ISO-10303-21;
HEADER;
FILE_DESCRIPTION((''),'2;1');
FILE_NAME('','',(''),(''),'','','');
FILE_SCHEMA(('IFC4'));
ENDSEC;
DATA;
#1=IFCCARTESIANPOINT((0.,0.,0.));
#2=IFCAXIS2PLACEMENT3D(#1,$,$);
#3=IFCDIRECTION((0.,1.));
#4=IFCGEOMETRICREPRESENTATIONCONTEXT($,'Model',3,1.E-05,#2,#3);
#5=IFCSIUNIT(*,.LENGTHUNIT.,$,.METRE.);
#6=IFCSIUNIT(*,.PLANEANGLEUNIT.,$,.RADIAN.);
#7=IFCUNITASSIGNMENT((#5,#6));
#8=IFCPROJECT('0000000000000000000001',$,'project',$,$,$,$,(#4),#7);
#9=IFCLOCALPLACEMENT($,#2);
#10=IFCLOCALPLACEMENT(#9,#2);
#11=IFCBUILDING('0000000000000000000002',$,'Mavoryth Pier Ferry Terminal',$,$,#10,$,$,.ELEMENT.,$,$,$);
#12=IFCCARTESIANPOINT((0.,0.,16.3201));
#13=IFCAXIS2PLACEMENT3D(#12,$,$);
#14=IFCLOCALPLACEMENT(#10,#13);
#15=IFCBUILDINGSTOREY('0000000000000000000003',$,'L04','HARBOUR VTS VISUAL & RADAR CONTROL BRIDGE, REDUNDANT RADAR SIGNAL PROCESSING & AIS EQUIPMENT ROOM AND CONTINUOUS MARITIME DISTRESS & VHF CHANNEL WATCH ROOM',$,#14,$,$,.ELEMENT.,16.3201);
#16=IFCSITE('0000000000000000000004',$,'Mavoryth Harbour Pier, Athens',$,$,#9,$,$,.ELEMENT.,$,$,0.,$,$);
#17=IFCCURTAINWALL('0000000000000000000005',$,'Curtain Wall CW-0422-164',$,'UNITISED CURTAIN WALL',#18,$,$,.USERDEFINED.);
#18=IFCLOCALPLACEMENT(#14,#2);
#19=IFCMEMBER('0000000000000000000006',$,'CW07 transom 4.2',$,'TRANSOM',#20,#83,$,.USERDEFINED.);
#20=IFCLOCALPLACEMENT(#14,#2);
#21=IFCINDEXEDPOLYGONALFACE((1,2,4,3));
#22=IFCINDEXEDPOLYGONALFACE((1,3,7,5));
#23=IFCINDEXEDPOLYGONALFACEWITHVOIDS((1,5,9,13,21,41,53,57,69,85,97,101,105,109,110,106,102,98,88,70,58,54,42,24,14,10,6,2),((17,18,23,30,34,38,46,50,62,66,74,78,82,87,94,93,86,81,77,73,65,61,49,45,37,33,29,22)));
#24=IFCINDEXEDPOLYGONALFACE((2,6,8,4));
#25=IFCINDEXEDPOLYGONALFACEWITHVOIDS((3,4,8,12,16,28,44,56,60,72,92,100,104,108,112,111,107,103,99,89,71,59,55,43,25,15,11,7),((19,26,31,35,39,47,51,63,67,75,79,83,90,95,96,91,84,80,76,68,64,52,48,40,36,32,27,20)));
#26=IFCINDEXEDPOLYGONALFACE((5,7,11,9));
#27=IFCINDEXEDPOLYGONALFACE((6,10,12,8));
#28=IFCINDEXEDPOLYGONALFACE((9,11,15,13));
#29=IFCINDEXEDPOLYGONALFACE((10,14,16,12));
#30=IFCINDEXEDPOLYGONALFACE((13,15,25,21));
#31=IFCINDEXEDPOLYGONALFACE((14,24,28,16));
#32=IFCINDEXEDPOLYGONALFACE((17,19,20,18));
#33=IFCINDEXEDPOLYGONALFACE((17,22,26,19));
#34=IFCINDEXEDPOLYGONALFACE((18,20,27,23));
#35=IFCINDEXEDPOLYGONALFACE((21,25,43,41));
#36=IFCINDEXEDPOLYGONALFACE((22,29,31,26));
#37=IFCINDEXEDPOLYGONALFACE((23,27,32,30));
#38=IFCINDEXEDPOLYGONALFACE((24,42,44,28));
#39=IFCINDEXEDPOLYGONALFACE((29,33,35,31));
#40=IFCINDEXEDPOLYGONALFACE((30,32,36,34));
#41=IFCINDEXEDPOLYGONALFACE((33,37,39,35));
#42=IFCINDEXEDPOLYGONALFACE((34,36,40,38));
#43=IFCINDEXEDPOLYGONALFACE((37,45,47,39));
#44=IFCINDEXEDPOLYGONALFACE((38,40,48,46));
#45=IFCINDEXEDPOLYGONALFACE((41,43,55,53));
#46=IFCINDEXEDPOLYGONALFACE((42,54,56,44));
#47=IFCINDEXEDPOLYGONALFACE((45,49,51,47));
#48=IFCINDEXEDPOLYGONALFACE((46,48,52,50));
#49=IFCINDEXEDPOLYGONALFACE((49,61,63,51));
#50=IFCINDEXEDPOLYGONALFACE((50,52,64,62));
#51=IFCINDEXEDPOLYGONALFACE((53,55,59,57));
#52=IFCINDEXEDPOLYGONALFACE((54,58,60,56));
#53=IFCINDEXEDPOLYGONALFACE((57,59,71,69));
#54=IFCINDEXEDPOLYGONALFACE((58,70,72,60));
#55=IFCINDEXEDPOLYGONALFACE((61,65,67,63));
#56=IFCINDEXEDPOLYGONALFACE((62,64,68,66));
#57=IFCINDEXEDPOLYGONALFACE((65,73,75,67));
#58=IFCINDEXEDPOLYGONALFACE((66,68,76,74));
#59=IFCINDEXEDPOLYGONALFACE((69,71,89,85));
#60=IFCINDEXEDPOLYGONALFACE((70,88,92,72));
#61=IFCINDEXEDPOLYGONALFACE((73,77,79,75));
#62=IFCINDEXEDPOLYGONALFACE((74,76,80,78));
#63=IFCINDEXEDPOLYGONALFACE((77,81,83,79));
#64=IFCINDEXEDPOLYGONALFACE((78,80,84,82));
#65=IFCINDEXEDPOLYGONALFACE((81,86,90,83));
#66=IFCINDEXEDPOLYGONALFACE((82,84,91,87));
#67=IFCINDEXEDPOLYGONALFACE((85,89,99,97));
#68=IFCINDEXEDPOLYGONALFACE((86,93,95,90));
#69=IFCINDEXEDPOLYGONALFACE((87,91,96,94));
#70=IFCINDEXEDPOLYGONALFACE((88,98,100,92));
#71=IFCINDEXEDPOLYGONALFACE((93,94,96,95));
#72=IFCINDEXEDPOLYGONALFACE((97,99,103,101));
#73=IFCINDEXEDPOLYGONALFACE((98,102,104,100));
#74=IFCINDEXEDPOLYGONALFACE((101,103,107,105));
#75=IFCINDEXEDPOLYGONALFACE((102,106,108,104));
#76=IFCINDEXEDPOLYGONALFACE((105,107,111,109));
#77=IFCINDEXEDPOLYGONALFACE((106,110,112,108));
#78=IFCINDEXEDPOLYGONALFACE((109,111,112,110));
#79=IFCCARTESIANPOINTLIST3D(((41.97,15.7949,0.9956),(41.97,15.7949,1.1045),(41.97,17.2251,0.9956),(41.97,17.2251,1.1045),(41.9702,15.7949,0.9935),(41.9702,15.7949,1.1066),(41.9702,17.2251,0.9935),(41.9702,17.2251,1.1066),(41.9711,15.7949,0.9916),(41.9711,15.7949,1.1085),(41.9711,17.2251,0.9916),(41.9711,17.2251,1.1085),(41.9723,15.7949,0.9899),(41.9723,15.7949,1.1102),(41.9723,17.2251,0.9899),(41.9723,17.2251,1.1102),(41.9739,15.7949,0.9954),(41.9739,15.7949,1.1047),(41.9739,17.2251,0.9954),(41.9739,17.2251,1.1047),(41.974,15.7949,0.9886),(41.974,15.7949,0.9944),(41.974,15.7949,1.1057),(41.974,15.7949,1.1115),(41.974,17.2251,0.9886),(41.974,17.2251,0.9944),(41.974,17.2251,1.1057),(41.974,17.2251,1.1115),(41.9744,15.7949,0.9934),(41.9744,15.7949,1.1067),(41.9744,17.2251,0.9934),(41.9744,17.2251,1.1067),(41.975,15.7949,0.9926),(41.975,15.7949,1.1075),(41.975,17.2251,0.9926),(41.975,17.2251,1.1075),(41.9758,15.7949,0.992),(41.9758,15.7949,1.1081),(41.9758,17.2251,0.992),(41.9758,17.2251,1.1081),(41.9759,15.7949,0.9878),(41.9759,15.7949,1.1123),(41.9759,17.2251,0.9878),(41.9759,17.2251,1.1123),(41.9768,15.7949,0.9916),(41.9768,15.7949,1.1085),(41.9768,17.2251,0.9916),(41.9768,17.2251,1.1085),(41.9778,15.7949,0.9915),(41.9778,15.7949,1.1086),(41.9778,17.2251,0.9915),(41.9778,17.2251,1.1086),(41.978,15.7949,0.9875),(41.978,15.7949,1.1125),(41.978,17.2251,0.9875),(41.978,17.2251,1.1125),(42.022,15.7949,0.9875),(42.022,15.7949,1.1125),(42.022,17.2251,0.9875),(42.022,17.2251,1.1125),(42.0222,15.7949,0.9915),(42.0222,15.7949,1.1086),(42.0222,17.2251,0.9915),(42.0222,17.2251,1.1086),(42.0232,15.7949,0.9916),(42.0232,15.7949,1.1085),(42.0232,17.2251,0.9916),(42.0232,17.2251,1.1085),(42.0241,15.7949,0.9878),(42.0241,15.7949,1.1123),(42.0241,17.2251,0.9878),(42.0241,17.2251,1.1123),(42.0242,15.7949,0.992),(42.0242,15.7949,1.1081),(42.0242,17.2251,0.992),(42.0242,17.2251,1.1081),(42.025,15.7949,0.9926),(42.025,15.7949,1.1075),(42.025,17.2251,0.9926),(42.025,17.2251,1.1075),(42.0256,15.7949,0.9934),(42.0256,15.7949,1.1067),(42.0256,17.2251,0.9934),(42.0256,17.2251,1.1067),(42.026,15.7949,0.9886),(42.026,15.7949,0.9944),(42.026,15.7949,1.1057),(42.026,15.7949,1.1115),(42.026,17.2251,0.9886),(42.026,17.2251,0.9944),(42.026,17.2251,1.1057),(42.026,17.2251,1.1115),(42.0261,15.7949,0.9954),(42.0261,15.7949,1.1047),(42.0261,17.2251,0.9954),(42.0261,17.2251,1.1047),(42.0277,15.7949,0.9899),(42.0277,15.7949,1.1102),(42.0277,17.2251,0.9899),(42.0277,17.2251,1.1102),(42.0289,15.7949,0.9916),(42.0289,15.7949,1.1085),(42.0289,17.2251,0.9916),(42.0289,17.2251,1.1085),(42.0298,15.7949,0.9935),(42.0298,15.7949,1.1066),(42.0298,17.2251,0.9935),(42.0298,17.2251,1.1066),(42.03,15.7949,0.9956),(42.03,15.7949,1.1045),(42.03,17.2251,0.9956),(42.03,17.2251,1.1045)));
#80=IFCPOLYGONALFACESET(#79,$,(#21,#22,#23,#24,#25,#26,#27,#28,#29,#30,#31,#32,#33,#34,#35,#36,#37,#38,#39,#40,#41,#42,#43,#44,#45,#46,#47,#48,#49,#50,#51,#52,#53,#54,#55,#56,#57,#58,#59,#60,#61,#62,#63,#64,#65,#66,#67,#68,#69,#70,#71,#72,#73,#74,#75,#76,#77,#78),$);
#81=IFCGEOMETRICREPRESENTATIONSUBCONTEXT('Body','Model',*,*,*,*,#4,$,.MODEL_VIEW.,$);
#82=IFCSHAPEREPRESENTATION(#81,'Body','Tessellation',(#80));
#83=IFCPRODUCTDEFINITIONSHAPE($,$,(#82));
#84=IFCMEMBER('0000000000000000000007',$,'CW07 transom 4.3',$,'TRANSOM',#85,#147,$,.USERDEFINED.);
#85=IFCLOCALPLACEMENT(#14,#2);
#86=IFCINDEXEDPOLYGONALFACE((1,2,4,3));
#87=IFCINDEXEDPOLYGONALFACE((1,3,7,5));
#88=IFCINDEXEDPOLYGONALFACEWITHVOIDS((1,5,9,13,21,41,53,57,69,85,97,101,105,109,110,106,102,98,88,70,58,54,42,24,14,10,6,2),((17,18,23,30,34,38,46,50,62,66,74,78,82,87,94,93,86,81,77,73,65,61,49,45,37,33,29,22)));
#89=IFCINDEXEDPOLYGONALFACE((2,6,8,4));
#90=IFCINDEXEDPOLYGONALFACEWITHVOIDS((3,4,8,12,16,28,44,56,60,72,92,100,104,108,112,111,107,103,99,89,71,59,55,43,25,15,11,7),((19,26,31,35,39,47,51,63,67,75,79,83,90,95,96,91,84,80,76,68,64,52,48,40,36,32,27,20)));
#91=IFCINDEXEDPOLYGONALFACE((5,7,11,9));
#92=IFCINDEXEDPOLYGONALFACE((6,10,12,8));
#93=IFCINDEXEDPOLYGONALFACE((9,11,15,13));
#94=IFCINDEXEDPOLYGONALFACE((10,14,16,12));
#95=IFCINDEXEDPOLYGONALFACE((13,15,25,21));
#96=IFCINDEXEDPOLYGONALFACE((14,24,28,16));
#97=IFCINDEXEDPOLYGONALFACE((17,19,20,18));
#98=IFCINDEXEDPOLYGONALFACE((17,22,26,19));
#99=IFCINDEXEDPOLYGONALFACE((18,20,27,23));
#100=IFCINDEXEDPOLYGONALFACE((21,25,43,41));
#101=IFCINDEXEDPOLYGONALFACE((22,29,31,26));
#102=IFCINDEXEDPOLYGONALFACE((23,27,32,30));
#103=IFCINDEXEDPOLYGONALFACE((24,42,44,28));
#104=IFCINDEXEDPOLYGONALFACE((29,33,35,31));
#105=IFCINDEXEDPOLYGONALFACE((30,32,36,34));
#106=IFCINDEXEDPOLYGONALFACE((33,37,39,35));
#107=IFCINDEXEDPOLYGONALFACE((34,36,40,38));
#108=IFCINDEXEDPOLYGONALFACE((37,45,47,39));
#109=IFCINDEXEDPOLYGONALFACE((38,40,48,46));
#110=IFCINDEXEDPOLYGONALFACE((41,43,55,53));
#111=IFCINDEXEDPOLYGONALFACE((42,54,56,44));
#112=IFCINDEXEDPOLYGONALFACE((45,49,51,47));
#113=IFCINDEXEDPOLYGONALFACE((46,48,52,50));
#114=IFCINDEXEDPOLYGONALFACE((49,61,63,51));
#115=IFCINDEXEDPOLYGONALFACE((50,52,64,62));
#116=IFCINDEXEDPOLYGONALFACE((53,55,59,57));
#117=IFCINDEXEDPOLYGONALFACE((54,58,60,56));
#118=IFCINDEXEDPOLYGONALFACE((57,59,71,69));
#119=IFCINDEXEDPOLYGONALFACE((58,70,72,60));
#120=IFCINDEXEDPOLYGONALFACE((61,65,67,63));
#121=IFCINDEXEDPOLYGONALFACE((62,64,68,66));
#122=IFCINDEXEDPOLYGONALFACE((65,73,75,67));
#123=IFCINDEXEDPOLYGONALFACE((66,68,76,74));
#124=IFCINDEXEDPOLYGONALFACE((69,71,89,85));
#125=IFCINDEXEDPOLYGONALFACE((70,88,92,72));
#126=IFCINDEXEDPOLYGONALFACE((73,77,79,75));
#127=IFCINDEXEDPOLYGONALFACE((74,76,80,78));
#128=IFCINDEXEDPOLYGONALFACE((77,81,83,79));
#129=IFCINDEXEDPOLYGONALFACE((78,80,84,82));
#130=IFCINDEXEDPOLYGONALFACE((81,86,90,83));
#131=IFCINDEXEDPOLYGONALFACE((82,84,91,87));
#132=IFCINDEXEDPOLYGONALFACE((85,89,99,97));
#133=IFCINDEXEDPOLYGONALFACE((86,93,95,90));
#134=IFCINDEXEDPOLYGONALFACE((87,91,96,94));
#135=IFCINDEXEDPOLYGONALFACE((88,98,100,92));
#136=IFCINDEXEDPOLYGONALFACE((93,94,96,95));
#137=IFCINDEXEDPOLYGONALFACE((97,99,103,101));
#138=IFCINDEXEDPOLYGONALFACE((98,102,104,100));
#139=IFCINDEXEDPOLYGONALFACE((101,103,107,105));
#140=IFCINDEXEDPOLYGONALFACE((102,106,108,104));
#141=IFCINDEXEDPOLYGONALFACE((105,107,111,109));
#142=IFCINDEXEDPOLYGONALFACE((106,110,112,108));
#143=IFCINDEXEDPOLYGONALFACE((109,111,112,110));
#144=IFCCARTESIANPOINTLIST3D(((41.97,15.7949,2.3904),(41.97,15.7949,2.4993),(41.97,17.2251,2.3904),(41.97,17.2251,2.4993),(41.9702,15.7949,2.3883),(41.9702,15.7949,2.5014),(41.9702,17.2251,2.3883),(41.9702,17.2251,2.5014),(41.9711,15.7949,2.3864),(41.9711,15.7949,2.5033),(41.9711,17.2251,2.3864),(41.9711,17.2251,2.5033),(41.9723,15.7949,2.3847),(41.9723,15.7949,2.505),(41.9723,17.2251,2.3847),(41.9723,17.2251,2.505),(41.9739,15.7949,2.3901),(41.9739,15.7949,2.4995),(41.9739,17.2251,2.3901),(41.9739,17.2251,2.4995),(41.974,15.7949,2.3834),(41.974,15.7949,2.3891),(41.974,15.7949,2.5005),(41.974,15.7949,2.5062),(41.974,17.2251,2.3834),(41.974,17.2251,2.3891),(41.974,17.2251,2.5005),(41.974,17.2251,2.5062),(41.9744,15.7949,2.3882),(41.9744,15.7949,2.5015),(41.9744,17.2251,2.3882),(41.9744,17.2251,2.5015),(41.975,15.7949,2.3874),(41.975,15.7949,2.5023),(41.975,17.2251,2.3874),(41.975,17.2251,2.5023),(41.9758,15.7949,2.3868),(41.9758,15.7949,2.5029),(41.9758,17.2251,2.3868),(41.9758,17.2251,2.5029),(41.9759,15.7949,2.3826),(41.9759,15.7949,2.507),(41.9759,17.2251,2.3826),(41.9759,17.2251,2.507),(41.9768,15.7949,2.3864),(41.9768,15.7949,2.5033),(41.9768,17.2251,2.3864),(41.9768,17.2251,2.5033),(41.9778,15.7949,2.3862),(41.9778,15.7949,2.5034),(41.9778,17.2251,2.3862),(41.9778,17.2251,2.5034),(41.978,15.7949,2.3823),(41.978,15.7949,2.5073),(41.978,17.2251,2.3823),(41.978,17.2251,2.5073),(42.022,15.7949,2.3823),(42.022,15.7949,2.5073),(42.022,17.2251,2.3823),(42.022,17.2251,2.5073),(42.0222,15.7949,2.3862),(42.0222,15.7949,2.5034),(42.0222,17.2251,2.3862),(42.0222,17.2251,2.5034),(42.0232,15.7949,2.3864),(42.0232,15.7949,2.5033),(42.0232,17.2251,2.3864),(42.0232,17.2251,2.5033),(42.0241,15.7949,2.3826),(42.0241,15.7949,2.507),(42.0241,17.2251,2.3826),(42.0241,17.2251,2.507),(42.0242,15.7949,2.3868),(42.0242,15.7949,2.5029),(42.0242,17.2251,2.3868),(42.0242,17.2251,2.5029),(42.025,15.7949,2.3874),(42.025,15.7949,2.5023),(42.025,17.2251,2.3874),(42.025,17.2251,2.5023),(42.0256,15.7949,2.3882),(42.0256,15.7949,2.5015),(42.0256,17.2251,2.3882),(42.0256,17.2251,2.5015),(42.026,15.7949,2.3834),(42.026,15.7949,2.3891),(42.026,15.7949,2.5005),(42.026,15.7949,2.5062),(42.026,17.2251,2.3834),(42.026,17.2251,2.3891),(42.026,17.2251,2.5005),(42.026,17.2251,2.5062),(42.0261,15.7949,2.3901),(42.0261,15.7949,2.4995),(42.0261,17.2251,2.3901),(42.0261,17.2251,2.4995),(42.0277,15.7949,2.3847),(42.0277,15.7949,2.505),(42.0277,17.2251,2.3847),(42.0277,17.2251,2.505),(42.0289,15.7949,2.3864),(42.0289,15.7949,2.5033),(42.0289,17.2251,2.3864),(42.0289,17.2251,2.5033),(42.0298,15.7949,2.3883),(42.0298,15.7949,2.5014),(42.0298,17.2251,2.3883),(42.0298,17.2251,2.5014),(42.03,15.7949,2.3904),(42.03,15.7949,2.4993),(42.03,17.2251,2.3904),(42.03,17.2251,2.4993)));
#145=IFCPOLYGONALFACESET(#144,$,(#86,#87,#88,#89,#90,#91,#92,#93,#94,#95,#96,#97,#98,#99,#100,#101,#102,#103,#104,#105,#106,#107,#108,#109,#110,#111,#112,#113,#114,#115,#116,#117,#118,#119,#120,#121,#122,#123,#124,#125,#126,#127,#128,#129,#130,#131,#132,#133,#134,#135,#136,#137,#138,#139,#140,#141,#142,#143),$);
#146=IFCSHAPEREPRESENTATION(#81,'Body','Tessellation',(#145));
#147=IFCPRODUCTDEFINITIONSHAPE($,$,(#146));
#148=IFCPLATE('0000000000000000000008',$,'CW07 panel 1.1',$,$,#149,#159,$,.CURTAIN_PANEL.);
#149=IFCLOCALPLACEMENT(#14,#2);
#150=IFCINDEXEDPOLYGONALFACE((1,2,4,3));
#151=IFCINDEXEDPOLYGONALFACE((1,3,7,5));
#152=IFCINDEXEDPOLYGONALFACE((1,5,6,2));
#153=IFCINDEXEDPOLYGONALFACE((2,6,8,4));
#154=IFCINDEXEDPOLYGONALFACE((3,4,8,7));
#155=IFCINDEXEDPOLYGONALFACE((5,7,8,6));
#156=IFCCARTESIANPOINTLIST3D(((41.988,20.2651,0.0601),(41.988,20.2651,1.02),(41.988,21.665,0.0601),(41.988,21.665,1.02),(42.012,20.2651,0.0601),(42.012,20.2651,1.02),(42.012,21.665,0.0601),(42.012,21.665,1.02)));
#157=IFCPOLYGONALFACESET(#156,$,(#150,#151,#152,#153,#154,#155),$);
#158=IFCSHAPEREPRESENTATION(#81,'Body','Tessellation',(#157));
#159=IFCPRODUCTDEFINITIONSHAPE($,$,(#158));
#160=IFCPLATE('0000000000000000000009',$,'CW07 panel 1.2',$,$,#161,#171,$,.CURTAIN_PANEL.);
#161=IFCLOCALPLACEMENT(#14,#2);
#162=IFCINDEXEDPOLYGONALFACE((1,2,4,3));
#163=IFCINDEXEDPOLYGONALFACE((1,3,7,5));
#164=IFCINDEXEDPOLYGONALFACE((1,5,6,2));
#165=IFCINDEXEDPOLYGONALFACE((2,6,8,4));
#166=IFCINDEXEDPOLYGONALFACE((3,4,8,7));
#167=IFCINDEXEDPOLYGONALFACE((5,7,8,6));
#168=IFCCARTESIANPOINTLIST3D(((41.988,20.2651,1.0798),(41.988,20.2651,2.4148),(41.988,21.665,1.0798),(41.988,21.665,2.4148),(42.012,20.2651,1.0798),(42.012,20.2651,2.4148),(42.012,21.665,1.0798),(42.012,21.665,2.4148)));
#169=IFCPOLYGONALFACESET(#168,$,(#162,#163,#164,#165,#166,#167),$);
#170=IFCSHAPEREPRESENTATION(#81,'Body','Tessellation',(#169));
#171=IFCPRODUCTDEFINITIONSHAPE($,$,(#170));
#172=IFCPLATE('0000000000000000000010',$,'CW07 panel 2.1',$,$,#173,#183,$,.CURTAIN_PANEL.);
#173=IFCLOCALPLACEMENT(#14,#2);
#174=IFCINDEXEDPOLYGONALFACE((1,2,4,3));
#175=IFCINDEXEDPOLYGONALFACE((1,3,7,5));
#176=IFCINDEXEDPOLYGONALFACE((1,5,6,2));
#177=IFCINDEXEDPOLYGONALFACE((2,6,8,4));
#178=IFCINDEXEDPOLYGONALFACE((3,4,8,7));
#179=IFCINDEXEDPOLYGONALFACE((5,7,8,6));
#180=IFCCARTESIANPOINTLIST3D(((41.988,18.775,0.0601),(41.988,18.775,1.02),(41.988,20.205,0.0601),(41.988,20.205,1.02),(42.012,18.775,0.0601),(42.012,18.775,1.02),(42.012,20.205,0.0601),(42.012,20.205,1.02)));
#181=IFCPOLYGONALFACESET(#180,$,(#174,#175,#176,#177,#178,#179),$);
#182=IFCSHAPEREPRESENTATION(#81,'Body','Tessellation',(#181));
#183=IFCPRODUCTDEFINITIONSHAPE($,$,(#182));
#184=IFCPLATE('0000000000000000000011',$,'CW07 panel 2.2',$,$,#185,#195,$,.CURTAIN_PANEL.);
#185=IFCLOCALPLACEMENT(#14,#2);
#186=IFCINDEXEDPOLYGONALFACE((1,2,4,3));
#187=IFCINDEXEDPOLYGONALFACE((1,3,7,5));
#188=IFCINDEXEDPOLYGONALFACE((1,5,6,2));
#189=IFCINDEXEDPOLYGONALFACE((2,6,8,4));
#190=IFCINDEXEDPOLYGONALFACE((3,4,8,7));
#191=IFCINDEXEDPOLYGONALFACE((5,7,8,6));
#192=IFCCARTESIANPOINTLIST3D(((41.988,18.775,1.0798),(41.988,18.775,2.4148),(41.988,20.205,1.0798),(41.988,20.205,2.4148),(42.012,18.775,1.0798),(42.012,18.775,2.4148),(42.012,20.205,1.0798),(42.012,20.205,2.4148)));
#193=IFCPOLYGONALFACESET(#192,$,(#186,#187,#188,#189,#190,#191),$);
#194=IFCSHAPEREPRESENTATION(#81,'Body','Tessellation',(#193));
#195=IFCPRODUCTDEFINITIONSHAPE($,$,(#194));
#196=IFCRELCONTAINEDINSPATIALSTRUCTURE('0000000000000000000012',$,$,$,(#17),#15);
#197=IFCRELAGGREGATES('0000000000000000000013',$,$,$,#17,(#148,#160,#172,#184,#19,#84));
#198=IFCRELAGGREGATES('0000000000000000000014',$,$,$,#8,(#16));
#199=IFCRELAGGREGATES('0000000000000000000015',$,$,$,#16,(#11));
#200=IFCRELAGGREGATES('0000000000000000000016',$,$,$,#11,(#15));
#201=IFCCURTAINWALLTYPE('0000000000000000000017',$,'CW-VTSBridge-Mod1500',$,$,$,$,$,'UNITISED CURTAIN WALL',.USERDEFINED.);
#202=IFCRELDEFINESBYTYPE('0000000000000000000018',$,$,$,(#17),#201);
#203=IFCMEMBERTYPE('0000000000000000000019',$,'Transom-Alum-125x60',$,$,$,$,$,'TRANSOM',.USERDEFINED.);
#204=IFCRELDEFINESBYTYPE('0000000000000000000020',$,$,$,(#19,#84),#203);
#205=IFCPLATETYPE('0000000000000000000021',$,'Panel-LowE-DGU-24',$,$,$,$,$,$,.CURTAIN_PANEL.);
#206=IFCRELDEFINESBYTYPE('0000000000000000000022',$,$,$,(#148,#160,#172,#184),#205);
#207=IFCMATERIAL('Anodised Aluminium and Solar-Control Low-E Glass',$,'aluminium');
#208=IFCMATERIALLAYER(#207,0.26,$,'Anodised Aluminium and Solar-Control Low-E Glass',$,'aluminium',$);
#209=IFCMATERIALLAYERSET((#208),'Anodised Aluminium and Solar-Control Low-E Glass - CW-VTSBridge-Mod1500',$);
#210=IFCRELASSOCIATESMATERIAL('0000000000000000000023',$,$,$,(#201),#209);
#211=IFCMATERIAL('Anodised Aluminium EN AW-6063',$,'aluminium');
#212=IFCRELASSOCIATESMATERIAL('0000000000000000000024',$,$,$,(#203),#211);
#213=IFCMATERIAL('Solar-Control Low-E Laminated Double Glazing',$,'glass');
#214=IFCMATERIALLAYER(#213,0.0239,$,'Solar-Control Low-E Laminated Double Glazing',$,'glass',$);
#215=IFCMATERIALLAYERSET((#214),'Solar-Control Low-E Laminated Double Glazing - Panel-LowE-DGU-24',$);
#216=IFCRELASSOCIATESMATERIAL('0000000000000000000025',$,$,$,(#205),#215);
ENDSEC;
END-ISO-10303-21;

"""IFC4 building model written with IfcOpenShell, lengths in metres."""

from ifc_helpers import new_model, si_unit, direction, frame, origin, origin_2d, place, context, subcontext, project, spatial, rectangle, hollow_rectangle, extrude, material, layer, layer_set, material_profile, profile_set, type_object, element, aggregate, save


model = new_model("IFC4")

# Units and contexts
model_context = context("Model", 3, precision=1e-05, world=origin(), true_north=direction((0.0, 1.0)))
body_context = subcontext(model_context, "Body", "Model", "MODEL_VIEW")
ifc_project = project(units=[si_unit("LENGTHUNIT", "METRE"), si_unit("PLANEANGLEUNIT", "RADIAN")], contexts=[model_context])

# Site, building, storey
site_placement = place(None, origin())
site = spatial("IfcSite", under=ifc_project, at=site_placement, Name="Mavoryth Harbour Pier, Athens", CompositionType="ELEMENT", RefElevation=0.0)
building_placement = place(site_placement, origin())
building = spatial("IfcBuilding", under=site, at=building_placement, Name="Mavoryth Pier Ferry Terminal", CompositionType="ELEMENT")
storey_placement = place(building_placement, frame((0.0, 0.0, 16.3201)))
storey = spatial("IfcBuildingStorey", under=building, at=storey_placement, Name="L04", Description="HARBOUR VTS VISUAL & RADAR CONTROL BRIDGE, REDUNDANT RADAR SIGNAL PROCESSING & AIS EQUIPMENT ROOM AND CONTINUOUS MARITIME DISTRESS & VHF CHANNEL WATCH ROOM", CompositionType="ELEMENT", Elevation=16.3201)

# Curtain wall, members, plates
ifc_material_1 = material(Name="Anodised Aluminium and Solar-Control Low-E Glass", Category="aluminium")
ifc_layer_1 = layer(ifc_material_1, 0.26, Name="Anodised Aluminium and Solar-Control Low-E Glass", Category="aluminium")
ifc_layer_set_1 = layer_set([ifc_layer_1], Name="Anodised Aluminium and Solar-Control Low-E Glass - CW-VTSBridge-Mod1500")
curtain_wall_type = type_object("IfcCurtainWallType", Name="CW-VTSBridge-Mod1500", ElementType="UNITISED CURTAIN WALL", PredefinedType="USERDEFINED", material=ifc_layer_set_1)
curtain_wall_placement = place(storey_placement, origin())
curtain_wall = element("IfcCurtainWall", 1, at=curtain_wall_placement, inside=storey, type_object=curtain_wall_type, Name="Curtain Wall CW-0422-164", ObjectType="UNITISED CURTAIN WALL", PredefinedType="USERDEFINED")
ifc_material_2 = material(Name="Anodised Aluminium EN AW-6063", Category="aluminium")
ifc_material_profile_1 = material_profile(ifc_material_2, hollow_rectangle(XDim=0.0601, YDim=0.125, WallThickness=0.0039, InnerFilletRadius=0.0039, OuterFilletRadius=0.0081, at=origin_2d()), Name="AL-TRAN 125x60x4", Category="aluminium")
ifc_profile_set_1 = profile_set([ifc_material_profile_1], Name="Anodised Aluminium EN AW-6063 - AL-TRAN 125x60x4")
member_type_1 = type_object("IfcMemberType", Name="Transom-Alum-125x60", ElementType="TRANSOM", PredefinedType="USERDEFINED", material=ifc_profile_set_1)
member_1_placement = place(storey_placement, frame((42.0, 17.2251, 1.05), z_axis=(0.0, -1.0, 0.0), x_axis=(1.0, 0.0, 0.0)))
member_1 = element("IfcMember", 2, at=member_1_placement, type_object=member_type_1, Name="CW07 transom 4.2", ObjectType="TRANSOM", PredefinedType="USERDEFINED", context=body_context, shape_type="SweptSolid", body=[
    extrude(hollow_rectangle(XDim=0.0601, YDim=0.125, WallThickness=0.0039, InnerFilletRadius=0.0039, OuterFilletRadius=0.0081, at=origin_2d()), origin(), (0.0, 0.0, 1.0), 1.4302),
])
member_2_placement = place(storey_placement, frame((42.0, 17.2251, 2.4448), z_axis=(0.0, -1.0, 0.0), x_axis=(1.0, 0.0, 0.0)))
member_2 = element("IfcMember", 3, at=member_2_placement, type_object=member_type_1, Name="CW07 transom 4.3", ObjectType="TRANSOM", PredefinedType="USERDEFINED", context=body_context, shape_type="SweptSolid", body=[
    extrude(hollow_rectangle(XDim=0.0601, YDim=0.125, WallThickness=0.0039, InnerFilletRadius=0.0039, OuterFilletRadius=0.0081, at=origin_2d()), origin(), (0.0, 0.0, 1.0), 1.4302),
])
ifc_material_3 = material(Name="Solar-Control Low-E Laminated Double Glazing", Category="glass")
ifc_layer_2 = layer(ifc_material_3, 0.0239, Name="Solar-Control Low-E Laminated Double Glazing", Category="glass")
ifc_layer_set_2 = layer_set([ifc_layer_2], Name="Solar-Control Low-E Laminated Double Glazing - Panel-LowE-DGU-24")
plate_type = type_object("IfcPlateType", Name="Panel-LowE-DGU-24", PredefinedType="CURTAIN_PANEL", material=ifc_layer_set_2)
plate_1_placement = place(storey_placement, frame((42.0, 20.9651, 0.0601), z_axis=(0.0, 0.0, 1.0), x_axis=(0.0, -1.0, 0.0)))
plate_1 = element("IfcPlate", 4, at=plate_1_placement, type_object=plate_type, Name="CW07 panel 1.1", PredefinedType="CURTAIN_PANEL", context=body_context, shape_type="SweptSolid", body=[
    extrude(rectangle(XDim=1.3999, YDim=0.0239, at=origin_2d()), origin(), (0.0, 0.0, 1.0), 0.96),
])
plate_2_placement = place(storey_placement, frame((42.0, 20.9651, 1.0798), z_axis=(0.0, 0.0, 1.0), x_axis=(0.0, -1.0, 0.0)))
plate_2 = element("IfcPlate", 5, at=plate_2_placement, type_object=plate_type, Name="CW07 panel 1.2", PredefinedType="CURTAIN_PANEL", context=body_context, shape_type="SweptSolid", body=[
    extrude(rectangle(XDim=1.3999, YDim=0.0239, at=origin_2d()), origin(), (0.0, 0.0, 1.0), 1.335),
])
plate_3_placement = place(storey_placement, frame((42.0, 19.49, 0.0601), z_axis=(0.0, 0.0, 1.0), x_axis=(0.0, -1.0, 0.0)))
plate_3 = element("IfcPlate", 6, at=plate_3_placement, type_object=plate_type, Name="CW07 panel 2.1", PredefinedType="CURTAIN_PANEL", context=body_context, shape_type="SweptSolid", body=[
    extrude(rectangle(XDim=1.4299, YDim=0.0239, at=origin_2d()), origin(), (0.0, 0.0, 1.0), 0.96),
])
plate_4_placement = place(storey_placement, frame((42.0, 19.49, 1.0798), z_axis=(0.0, 0.0, 1.0), x_axis=(0.0, -1.0, 0.0)))
plate_4 = element("IfcPlate", 7, at=plate_4_placement, type_object=plate_type, Name="CW07 panel 2.2", PredefinedType="CURTAIN_PANEL", context=body_context, shape_type="SweptSolid", body=[
    extrude(rectangle(XDim=1.4299, YDim=0.0239, at=origin_2d()), origin(), (0.0, 0.0, 1.0), 1.335),
])
aggregate(curtain_wall, [plate_1, plate_2, plate_3, plate_4, member_1, member_2])

save(model, "model.ifc")
